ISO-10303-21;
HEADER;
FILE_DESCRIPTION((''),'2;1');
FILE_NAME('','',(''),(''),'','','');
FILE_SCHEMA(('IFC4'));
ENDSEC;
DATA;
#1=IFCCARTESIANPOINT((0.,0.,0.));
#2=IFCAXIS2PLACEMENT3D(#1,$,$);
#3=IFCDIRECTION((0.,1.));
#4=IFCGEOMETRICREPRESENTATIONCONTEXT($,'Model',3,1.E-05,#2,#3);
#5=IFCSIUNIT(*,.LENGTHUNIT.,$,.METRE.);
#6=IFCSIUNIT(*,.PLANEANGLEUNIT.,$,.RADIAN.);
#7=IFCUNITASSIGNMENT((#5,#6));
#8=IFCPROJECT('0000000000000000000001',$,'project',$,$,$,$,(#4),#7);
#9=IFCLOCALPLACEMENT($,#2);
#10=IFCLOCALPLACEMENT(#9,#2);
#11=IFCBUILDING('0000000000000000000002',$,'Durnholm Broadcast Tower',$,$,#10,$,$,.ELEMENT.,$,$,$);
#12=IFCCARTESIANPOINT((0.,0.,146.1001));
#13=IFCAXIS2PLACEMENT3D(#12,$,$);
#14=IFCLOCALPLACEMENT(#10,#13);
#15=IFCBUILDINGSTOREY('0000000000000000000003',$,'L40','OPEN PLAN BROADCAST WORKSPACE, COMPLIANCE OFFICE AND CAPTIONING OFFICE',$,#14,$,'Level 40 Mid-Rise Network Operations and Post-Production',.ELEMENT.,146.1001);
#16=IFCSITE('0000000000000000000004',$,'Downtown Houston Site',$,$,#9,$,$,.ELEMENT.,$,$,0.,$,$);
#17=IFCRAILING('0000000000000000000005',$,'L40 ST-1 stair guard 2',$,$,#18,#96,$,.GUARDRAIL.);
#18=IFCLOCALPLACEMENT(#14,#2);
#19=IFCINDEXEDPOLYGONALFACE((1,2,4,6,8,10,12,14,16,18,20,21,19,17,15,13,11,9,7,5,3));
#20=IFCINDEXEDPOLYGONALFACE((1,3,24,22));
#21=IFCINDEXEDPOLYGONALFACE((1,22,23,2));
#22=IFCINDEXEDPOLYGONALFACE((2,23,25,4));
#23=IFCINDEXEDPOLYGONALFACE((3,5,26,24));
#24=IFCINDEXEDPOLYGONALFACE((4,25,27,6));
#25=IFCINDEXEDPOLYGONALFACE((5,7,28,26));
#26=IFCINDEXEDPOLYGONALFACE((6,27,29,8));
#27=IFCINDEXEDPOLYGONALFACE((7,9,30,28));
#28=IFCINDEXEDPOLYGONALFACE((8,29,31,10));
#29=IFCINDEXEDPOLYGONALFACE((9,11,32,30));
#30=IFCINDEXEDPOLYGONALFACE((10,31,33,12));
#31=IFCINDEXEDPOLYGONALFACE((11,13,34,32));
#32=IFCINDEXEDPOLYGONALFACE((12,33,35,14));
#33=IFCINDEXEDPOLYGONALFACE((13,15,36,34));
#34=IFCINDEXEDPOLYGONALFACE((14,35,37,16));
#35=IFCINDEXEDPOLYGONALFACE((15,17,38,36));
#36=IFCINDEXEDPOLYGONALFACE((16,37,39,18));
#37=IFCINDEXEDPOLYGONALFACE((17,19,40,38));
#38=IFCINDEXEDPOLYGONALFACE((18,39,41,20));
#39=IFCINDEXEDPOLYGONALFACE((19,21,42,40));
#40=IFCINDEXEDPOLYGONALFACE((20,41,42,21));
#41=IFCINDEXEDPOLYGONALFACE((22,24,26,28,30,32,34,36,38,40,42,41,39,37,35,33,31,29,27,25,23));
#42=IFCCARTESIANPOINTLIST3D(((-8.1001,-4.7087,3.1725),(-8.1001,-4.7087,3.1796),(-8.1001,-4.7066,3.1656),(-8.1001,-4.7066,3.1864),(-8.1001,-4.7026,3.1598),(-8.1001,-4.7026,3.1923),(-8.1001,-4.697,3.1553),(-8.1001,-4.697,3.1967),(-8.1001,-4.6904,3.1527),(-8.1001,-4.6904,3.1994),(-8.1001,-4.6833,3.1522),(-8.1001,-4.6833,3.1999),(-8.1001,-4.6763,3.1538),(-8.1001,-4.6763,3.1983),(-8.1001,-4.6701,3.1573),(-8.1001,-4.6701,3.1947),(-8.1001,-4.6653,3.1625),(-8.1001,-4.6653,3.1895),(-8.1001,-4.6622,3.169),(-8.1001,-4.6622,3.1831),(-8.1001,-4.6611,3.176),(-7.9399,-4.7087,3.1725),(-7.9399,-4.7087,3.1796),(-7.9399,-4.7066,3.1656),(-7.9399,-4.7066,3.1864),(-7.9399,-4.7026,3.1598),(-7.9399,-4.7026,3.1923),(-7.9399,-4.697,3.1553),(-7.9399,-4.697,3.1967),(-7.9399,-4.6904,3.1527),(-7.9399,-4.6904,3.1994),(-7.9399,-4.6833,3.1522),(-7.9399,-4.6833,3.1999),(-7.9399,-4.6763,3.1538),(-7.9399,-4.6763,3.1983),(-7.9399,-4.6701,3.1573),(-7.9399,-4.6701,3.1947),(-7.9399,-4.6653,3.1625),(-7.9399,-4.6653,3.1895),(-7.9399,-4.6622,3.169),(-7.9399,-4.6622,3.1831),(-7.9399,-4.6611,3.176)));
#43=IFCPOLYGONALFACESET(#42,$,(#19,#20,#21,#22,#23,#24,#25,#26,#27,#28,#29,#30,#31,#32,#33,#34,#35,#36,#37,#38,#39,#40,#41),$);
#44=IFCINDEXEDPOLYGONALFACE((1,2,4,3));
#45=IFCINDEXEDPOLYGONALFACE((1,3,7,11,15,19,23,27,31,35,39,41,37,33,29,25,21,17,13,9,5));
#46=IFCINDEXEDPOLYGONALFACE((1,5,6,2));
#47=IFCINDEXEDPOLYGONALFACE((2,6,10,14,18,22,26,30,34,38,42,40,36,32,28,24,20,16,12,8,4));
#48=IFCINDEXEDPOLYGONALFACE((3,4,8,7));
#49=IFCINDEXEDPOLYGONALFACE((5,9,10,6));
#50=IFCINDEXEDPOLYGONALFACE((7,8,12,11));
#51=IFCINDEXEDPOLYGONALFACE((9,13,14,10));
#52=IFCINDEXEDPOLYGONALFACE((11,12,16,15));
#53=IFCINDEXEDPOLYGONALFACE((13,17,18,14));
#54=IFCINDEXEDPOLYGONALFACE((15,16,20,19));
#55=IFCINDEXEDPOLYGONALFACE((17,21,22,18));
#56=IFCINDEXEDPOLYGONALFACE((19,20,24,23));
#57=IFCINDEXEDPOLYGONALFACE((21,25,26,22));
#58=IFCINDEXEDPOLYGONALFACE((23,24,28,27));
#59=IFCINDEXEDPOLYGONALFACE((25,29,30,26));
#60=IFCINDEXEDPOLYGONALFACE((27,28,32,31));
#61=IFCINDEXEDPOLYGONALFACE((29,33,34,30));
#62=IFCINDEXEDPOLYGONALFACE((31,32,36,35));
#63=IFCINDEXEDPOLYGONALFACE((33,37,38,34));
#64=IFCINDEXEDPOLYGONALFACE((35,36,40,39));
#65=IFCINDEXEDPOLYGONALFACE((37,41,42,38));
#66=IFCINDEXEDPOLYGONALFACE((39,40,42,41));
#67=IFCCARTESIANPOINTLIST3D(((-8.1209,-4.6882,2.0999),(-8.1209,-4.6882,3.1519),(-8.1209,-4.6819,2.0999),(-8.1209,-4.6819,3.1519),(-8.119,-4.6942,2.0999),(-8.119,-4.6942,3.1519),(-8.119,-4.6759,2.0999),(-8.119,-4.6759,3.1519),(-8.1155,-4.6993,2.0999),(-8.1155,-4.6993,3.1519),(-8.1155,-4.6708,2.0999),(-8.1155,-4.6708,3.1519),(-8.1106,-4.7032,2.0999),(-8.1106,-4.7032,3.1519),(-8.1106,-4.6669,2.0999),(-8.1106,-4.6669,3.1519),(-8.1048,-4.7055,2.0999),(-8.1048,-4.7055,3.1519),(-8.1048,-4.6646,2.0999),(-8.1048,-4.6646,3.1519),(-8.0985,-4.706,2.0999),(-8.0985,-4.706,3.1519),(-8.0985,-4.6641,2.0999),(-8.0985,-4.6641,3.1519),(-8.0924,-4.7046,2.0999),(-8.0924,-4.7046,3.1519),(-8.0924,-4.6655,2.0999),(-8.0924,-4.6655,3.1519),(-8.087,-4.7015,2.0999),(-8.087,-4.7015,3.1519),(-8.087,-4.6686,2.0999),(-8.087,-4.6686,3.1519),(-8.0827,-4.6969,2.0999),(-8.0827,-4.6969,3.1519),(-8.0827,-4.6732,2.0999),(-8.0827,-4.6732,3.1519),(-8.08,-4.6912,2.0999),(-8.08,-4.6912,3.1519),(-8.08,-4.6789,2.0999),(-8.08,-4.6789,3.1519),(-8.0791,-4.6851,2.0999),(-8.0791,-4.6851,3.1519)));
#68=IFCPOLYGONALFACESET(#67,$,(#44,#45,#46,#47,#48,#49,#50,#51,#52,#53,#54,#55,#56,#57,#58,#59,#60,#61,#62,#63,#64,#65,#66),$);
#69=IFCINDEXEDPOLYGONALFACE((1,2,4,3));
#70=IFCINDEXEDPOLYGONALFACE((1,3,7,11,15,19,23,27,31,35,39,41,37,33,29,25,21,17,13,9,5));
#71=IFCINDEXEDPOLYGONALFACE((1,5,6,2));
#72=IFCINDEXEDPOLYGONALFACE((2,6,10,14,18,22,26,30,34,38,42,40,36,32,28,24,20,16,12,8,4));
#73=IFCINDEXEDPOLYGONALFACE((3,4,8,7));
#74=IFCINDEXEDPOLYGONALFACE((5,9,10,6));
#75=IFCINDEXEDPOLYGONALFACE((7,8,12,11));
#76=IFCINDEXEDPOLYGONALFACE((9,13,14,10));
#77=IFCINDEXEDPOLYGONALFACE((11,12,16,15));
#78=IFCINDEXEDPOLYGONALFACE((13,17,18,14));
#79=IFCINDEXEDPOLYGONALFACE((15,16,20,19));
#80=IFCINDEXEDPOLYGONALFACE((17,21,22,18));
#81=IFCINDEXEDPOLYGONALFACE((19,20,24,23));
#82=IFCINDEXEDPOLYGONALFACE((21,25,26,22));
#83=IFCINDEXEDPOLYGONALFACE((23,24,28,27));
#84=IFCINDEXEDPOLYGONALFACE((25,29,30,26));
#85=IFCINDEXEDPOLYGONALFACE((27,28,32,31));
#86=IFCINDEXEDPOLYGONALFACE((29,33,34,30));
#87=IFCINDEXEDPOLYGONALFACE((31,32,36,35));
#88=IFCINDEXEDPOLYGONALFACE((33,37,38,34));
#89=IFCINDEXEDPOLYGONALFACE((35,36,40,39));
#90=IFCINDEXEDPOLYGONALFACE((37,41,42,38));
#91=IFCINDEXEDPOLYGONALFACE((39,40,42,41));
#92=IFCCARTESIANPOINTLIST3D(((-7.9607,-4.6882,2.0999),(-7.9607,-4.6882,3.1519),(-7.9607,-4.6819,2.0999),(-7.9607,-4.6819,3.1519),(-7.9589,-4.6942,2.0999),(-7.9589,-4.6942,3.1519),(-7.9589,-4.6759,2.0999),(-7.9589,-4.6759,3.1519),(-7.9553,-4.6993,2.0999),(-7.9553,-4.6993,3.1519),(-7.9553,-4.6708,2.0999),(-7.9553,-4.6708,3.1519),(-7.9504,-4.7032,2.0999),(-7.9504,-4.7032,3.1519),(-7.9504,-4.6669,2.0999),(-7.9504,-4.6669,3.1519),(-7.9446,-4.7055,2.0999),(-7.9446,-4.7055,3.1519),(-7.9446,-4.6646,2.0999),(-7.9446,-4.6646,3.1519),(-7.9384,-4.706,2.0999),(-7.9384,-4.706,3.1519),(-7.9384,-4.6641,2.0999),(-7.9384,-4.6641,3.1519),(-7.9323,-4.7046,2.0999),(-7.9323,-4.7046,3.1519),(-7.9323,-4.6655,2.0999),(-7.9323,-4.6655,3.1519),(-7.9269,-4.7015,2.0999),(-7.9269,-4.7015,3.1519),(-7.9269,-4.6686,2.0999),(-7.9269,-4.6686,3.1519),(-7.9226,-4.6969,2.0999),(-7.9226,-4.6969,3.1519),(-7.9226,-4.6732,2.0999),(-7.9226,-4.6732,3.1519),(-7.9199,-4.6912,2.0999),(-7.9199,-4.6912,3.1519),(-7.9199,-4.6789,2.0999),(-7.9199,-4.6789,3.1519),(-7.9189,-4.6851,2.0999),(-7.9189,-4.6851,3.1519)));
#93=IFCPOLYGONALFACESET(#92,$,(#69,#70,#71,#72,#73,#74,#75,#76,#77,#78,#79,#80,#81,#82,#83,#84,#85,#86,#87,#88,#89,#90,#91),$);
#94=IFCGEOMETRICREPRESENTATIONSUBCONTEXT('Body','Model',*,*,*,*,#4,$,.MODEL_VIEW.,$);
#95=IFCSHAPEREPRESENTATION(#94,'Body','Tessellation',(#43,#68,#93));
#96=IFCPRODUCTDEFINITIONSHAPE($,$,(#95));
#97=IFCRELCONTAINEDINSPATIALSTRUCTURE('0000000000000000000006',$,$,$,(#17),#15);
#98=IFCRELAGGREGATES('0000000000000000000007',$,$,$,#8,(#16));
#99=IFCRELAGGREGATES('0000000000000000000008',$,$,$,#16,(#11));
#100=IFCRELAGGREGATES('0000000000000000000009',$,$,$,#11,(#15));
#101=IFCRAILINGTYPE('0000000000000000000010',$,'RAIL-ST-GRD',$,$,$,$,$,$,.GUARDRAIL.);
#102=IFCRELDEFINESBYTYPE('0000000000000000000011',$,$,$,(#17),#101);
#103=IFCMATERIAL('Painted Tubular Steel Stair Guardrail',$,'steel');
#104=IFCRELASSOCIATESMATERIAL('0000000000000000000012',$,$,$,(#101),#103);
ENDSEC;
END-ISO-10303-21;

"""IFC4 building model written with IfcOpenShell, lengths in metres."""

from ifc_helpers import new_model, si_unit, direction, frame, origin, origin_2d, place, context, subcontext, project, spatial, circle, extrude, material, type_object, element, save


model = new_model("IFC4")

# Units and contexts
model_context = context("Model", 3, precision=1e-05, world=origin(), true_north=direction((0.0, 1.0)))
body_context = subcontext(model_context, "Body", "Model", "MODEL_VIEW")
ifc_project = project(units=[si_unit("LENGTHUNIT", "METRE"), si_unit("PLANEANGLEUNIT", "RADIAN")], contexts=[model_context])

# Site, building, storey
site_placement = place(None, origin())
site = spatial("IfcSite", under=ifc_project, at=site_placement, Name="Downtown Houston Site", CompositionType="ELEMENT", RefElevation=0.0)
building_placement = place(site_placement, origin())
building = spatial("IfcBuilding", under=site, at=building_placement, Name="Durnholm Broadcast Tower", CompositionType="ELEMENT")
storey_placement = place(building_placement, frame((0.0, 0.0, 146.1001)))
storey = spatial("IfcBuildingStorey", under=building, at=storey_placement, Name="L40", Description="OPEN PLAN BROADCAST WORKSPACE, COMPLIANCE OFFICE AND CAPTIONING OFFICE", LongName="Level 40 Mid-Rise Network Operations and Post-Production", CompositionType="ELEMENT", Elevation=146.1001)

# Railing
ifc_material_1 = material(Name="Painted Tubular Steel Stair Guardrail", Category="steel")
railing_type_1 = type_object("IfcRailingType", Name="RAIL-ST-GRD", PredefinedType="GUARDRAIL", material=ifc_material_1)
railing_1_placement = place(storey_placement, frame((-8.1001, -4.6851, 2.0999)))
element("IfcRailing", 1, at=railing_1_placement, inside=storey, type_object=railing_type_1, Name="L40 ST-1 stair guard 2", PredefinedType="GUARDRAIL", context=body_context, shape_type="SweptSolid", body=[
    extrude(circle(Radius=0.0239, at=origin_2d()), frame((0.0, 0.0, 1.0762), z_axis=(1.0, 0.0, 0.0), x_axis=(0.0, 1.0, 0.0)), (0.0, 0.0, 1.0), 0.1602),
    extrude(circle(Radius=0.021, at=origin_2d()), origin(), (0.0, 0.0, 1.0), 1.052),
    extrude(circle(Radius=0.021, at=origin_2d()), frame((0.1602, 0.0, 0.0)), (0.0, 0.0, 1.0), 1.052),
])

save(model, "model.ifc")
